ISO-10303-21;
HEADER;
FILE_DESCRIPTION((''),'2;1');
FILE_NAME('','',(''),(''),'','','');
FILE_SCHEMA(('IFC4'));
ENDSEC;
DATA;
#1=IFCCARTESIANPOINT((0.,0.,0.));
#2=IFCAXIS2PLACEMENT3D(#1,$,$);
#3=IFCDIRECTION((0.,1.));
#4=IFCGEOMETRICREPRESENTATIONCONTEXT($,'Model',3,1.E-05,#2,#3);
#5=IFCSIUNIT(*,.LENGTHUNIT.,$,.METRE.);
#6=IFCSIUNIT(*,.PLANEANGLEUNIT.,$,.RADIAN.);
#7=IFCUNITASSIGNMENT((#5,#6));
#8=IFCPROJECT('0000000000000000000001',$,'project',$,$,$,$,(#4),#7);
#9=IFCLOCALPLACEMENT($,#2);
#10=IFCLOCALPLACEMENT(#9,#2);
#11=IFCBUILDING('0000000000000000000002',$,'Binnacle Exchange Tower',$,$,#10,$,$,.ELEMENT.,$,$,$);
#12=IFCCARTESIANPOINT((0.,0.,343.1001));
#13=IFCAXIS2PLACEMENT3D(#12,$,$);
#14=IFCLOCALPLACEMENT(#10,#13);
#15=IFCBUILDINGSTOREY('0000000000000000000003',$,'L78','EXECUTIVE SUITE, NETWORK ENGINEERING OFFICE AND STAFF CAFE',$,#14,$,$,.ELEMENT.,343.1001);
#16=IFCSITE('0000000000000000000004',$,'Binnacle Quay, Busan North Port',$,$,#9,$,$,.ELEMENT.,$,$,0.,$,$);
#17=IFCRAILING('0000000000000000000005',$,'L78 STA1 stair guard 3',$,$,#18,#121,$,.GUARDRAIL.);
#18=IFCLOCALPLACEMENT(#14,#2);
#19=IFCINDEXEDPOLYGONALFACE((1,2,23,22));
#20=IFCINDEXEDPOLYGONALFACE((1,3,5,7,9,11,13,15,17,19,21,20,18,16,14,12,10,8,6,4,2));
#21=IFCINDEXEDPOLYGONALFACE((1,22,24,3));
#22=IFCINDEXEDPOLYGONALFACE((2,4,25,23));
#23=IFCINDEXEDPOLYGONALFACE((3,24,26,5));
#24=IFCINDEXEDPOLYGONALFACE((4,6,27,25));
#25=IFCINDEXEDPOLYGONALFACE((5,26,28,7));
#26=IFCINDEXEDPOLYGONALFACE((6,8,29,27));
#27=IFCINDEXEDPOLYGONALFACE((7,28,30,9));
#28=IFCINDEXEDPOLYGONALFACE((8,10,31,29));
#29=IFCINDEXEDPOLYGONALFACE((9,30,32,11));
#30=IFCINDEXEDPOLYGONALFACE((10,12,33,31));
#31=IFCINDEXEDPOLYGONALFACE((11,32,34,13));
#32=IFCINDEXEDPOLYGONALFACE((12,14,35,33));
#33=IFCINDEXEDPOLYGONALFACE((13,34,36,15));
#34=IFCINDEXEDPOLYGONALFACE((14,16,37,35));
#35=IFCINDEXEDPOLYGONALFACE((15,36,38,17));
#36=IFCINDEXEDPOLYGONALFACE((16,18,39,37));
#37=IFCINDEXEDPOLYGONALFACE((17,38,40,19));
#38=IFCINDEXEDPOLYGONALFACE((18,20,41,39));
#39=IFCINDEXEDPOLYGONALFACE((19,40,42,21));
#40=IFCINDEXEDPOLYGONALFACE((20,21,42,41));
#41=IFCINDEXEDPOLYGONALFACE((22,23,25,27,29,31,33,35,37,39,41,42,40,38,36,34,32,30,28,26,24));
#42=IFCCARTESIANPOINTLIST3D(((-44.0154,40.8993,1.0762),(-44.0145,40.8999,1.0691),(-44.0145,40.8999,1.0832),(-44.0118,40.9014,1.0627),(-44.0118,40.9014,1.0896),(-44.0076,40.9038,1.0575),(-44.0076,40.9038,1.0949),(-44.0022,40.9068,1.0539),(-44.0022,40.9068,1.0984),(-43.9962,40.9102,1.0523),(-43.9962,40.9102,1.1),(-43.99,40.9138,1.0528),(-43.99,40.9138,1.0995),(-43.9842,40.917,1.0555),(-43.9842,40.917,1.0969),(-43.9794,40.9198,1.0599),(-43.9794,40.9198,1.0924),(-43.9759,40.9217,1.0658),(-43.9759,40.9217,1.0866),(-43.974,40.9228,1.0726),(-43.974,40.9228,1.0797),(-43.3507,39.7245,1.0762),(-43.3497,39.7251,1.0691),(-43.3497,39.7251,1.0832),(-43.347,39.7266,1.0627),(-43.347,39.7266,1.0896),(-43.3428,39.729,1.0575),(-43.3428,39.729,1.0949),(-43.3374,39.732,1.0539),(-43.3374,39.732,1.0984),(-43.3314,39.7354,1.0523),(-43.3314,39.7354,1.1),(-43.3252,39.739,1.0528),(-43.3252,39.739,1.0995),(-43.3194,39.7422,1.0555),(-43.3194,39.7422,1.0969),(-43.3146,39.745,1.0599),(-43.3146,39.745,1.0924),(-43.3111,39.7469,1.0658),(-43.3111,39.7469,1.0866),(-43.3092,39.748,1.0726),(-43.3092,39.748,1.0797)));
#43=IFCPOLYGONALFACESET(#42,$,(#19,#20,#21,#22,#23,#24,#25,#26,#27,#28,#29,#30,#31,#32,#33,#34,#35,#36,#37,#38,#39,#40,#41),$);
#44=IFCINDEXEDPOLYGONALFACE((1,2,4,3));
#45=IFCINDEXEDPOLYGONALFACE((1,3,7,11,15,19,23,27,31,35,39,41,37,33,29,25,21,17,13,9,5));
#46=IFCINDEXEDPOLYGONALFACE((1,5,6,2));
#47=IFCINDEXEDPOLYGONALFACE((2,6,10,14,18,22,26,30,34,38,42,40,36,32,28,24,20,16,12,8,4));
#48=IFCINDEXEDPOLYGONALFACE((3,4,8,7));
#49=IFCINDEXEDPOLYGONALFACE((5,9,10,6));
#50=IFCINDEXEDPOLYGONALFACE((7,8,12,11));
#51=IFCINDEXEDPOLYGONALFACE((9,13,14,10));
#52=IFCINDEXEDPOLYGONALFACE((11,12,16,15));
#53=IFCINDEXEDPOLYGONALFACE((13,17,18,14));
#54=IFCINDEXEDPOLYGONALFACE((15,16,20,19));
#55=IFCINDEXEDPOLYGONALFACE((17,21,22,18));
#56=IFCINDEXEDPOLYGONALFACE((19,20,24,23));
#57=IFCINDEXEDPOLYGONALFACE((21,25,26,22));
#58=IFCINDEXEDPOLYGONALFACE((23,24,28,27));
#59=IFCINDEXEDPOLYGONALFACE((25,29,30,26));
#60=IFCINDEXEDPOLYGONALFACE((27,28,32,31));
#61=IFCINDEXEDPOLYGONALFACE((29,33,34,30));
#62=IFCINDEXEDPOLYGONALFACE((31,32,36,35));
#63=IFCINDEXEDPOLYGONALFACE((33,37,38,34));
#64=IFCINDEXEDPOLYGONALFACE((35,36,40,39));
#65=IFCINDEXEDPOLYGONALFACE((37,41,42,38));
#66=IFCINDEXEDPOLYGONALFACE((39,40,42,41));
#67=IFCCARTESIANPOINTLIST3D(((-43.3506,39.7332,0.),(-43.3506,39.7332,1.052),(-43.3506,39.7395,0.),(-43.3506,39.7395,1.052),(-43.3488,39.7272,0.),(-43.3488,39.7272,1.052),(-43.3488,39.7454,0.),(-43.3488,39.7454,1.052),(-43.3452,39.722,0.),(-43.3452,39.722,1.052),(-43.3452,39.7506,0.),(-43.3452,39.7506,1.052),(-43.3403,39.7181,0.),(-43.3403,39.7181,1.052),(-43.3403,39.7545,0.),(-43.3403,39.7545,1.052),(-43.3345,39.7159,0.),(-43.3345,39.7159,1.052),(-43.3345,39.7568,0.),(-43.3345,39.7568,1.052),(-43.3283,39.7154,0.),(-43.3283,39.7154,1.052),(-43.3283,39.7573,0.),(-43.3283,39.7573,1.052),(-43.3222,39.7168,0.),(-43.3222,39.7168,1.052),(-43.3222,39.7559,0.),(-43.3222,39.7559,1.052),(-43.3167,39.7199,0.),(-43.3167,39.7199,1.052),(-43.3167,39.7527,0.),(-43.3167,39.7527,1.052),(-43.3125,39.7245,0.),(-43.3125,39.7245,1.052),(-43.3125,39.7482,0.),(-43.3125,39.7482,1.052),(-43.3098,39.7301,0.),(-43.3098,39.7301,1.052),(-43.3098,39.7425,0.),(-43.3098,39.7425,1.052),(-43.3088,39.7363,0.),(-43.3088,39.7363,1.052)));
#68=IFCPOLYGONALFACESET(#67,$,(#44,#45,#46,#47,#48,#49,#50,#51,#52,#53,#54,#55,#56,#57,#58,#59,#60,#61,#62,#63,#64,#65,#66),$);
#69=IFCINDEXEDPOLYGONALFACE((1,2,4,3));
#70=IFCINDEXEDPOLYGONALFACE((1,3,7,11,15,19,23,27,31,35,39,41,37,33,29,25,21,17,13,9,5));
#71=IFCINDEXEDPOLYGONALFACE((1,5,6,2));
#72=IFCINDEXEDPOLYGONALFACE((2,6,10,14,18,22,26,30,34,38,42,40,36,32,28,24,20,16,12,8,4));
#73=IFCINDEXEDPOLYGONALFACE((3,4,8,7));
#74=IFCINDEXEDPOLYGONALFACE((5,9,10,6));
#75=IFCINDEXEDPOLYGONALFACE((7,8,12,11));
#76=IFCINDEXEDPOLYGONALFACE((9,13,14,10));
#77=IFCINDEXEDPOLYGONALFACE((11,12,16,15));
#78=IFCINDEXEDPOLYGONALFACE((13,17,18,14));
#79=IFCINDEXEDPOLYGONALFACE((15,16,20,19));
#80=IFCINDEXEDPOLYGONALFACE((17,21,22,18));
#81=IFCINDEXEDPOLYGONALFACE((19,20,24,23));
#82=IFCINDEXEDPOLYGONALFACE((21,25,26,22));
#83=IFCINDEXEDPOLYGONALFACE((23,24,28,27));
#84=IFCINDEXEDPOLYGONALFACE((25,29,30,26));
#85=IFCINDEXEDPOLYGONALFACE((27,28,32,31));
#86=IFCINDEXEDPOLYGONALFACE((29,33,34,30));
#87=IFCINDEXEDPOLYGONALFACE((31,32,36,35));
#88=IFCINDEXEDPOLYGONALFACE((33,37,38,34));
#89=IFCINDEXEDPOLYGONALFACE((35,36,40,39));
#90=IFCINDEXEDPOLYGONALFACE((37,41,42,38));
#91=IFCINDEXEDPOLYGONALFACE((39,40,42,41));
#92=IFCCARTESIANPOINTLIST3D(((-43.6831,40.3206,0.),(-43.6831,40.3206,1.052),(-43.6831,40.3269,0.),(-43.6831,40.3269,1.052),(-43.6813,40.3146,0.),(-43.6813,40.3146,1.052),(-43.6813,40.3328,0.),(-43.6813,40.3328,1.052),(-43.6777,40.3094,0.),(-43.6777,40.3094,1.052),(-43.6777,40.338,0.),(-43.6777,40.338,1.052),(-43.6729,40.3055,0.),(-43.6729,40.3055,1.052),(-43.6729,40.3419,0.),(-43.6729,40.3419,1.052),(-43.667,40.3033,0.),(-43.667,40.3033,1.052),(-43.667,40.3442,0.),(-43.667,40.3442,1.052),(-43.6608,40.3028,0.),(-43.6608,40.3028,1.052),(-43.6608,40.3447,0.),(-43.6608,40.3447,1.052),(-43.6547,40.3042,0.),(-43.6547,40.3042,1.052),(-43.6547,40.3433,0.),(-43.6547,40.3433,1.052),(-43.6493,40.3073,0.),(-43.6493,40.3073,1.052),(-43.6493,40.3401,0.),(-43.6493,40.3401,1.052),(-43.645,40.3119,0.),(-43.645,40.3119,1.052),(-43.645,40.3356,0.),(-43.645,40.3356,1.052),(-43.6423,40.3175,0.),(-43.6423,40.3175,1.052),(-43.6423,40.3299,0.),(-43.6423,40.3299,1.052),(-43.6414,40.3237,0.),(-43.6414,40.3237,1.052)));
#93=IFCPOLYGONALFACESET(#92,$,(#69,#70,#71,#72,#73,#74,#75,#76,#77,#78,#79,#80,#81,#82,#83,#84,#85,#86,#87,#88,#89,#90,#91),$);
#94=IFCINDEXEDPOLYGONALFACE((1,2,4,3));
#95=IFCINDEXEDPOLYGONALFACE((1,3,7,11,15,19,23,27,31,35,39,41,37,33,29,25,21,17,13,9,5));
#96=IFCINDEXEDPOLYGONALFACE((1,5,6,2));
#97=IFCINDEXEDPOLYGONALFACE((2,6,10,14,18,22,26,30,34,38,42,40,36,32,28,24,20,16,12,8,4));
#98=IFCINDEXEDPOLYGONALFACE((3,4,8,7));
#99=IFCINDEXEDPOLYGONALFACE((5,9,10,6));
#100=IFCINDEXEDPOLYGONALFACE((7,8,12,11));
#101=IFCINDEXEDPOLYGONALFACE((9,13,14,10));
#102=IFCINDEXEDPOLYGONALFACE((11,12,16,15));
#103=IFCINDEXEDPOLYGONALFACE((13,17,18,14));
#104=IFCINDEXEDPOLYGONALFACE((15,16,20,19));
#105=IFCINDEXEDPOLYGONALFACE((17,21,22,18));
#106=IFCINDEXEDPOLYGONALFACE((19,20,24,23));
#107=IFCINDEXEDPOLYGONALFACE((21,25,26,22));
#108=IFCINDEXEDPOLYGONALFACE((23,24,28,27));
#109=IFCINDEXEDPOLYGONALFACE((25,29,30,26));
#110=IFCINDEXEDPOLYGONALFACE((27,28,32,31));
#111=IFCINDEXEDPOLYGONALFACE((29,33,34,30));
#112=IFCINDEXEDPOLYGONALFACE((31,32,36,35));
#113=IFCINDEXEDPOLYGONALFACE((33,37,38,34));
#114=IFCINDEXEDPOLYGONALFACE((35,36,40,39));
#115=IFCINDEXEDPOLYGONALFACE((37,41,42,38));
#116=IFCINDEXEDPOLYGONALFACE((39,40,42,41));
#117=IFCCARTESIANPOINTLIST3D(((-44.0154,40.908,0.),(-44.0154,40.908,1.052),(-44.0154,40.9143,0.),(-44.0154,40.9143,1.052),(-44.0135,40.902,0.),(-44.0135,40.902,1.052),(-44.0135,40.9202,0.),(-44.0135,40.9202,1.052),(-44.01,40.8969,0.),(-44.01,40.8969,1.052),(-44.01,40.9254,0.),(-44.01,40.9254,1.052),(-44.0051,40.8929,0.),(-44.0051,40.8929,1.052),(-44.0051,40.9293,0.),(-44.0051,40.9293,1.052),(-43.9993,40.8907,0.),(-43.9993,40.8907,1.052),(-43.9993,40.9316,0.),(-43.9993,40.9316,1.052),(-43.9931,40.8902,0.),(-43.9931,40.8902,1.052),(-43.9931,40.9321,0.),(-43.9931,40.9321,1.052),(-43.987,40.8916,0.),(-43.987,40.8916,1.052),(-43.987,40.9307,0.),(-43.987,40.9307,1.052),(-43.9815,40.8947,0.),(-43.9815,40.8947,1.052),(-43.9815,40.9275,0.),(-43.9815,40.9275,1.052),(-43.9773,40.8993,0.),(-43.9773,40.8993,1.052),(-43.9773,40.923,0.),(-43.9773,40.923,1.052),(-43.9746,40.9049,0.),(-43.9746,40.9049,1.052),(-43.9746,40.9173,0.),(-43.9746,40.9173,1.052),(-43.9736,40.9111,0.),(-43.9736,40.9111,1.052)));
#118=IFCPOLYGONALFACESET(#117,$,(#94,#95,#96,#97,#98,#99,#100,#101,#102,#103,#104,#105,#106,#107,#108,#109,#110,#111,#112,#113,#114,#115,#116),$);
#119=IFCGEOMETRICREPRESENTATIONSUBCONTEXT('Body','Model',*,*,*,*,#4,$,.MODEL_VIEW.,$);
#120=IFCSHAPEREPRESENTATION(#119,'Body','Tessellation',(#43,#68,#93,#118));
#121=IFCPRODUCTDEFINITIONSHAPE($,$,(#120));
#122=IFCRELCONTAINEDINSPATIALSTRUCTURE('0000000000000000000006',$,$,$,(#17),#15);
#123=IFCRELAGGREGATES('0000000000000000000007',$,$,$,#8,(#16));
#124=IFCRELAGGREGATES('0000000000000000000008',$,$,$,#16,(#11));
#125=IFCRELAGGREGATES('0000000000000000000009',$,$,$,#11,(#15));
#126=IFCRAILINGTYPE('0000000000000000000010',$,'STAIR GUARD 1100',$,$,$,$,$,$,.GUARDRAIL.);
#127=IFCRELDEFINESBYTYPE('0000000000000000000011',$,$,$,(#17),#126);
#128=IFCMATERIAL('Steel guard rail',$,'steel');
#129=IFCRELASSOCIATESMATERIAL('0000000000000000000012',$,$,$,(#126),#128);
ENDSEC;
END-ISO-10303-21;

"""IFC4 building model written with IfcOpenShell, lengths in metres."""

from ifc_helpers import new_model, si_unit, direction, frame, origin, origin_2d, place, context, subcontext, project, spatial, circle, extrude, material, type_object, element, save


model = new_model("IFC4")

# Units and contexts
model_context = context("Model", 3, precision=1e-05, world=origin(), true_north=direction((0.0, 1.0)))
body_context = subcontext(model_context, "Body", "Model", "MODEL_VIEW")
ifc_project = project(units=[si_unit("LENGTHUNIT", "METRE"), si_unit("PLANEANGLEUNIT", "RADIAN")], contexts=[model_context])

# Site, building, storey
site_placement = place(None, origin())
site = spatial("IfcSite", under=ifc_project, at=site_placement, Name="Binnacle Quay, Busan North Port", CompositionType="ELEMENT", RefElevation=0.0)
building_placement = place(site_placement, origin())
building = spatial("IfcBuilding", under=site, at=building_placement, Name="Binnacle Exchange Tower", CompositionType="ELEMENT")
storey_placement = place(building_placement, frame((0.0, 0.0, 343.1001)))
storey = spatial("IfcBuildingStorey", under=building, at=storey_placement, Name="L78", Description="EXECUTIVE SUITE, NETWORK ENGINEERING OFFICE AND STAFF CAFE", CompositionType="ELEMENT", Elevation=343.1001)

# Railing
ifc_material_1 = material(Name="Steel guard rail", Category="steel")
railing_type_1 = type_object("IfcRailingType", Name="STAIR GUARD 1100", PredefinedType="GUARDRAIL", material=ifc_material_1)
railing_1_placement = place(storey_placement, frame((-43.3298, 39.7363, 0.0)))
element("IfcRailing", 1, at=railing_1_placement, inside=storey, type_object=railing_type_1, Name="L78 STA1 stair guard 3", PredefinedType="GUARDRAIL", context=body_context, shape_type="SweptSolid", body=[
    extrude(circle(Radius=0.0239, at=origin_2d()), frame((0.0, 0.0, 1.0762), z_axis=(-0.492492, 0.870317, 0.0), x_axis=(-0.870317, -0.492492, 0.0)), (0.0, 0.0, 1.0), 1.3499),
    extrude(circle(Radius=0.021, at=origin_2d()), origin(), (0.0, 0.0, 1.0), 1.052),
    extrude(circle(Radius=0.021, at=origin_2d()), frame((-0.3325, 0.5874, 0.0)), (0.0, 0.0, 1.0), 1.052),
    extrude(circle(Radius=0.021, at=origin_2d()), frame((-0.6648, 1.1748, 0.0)), (0.0, 0.0, 1.0), 1.052),
])

save(model, "model.ifc")
